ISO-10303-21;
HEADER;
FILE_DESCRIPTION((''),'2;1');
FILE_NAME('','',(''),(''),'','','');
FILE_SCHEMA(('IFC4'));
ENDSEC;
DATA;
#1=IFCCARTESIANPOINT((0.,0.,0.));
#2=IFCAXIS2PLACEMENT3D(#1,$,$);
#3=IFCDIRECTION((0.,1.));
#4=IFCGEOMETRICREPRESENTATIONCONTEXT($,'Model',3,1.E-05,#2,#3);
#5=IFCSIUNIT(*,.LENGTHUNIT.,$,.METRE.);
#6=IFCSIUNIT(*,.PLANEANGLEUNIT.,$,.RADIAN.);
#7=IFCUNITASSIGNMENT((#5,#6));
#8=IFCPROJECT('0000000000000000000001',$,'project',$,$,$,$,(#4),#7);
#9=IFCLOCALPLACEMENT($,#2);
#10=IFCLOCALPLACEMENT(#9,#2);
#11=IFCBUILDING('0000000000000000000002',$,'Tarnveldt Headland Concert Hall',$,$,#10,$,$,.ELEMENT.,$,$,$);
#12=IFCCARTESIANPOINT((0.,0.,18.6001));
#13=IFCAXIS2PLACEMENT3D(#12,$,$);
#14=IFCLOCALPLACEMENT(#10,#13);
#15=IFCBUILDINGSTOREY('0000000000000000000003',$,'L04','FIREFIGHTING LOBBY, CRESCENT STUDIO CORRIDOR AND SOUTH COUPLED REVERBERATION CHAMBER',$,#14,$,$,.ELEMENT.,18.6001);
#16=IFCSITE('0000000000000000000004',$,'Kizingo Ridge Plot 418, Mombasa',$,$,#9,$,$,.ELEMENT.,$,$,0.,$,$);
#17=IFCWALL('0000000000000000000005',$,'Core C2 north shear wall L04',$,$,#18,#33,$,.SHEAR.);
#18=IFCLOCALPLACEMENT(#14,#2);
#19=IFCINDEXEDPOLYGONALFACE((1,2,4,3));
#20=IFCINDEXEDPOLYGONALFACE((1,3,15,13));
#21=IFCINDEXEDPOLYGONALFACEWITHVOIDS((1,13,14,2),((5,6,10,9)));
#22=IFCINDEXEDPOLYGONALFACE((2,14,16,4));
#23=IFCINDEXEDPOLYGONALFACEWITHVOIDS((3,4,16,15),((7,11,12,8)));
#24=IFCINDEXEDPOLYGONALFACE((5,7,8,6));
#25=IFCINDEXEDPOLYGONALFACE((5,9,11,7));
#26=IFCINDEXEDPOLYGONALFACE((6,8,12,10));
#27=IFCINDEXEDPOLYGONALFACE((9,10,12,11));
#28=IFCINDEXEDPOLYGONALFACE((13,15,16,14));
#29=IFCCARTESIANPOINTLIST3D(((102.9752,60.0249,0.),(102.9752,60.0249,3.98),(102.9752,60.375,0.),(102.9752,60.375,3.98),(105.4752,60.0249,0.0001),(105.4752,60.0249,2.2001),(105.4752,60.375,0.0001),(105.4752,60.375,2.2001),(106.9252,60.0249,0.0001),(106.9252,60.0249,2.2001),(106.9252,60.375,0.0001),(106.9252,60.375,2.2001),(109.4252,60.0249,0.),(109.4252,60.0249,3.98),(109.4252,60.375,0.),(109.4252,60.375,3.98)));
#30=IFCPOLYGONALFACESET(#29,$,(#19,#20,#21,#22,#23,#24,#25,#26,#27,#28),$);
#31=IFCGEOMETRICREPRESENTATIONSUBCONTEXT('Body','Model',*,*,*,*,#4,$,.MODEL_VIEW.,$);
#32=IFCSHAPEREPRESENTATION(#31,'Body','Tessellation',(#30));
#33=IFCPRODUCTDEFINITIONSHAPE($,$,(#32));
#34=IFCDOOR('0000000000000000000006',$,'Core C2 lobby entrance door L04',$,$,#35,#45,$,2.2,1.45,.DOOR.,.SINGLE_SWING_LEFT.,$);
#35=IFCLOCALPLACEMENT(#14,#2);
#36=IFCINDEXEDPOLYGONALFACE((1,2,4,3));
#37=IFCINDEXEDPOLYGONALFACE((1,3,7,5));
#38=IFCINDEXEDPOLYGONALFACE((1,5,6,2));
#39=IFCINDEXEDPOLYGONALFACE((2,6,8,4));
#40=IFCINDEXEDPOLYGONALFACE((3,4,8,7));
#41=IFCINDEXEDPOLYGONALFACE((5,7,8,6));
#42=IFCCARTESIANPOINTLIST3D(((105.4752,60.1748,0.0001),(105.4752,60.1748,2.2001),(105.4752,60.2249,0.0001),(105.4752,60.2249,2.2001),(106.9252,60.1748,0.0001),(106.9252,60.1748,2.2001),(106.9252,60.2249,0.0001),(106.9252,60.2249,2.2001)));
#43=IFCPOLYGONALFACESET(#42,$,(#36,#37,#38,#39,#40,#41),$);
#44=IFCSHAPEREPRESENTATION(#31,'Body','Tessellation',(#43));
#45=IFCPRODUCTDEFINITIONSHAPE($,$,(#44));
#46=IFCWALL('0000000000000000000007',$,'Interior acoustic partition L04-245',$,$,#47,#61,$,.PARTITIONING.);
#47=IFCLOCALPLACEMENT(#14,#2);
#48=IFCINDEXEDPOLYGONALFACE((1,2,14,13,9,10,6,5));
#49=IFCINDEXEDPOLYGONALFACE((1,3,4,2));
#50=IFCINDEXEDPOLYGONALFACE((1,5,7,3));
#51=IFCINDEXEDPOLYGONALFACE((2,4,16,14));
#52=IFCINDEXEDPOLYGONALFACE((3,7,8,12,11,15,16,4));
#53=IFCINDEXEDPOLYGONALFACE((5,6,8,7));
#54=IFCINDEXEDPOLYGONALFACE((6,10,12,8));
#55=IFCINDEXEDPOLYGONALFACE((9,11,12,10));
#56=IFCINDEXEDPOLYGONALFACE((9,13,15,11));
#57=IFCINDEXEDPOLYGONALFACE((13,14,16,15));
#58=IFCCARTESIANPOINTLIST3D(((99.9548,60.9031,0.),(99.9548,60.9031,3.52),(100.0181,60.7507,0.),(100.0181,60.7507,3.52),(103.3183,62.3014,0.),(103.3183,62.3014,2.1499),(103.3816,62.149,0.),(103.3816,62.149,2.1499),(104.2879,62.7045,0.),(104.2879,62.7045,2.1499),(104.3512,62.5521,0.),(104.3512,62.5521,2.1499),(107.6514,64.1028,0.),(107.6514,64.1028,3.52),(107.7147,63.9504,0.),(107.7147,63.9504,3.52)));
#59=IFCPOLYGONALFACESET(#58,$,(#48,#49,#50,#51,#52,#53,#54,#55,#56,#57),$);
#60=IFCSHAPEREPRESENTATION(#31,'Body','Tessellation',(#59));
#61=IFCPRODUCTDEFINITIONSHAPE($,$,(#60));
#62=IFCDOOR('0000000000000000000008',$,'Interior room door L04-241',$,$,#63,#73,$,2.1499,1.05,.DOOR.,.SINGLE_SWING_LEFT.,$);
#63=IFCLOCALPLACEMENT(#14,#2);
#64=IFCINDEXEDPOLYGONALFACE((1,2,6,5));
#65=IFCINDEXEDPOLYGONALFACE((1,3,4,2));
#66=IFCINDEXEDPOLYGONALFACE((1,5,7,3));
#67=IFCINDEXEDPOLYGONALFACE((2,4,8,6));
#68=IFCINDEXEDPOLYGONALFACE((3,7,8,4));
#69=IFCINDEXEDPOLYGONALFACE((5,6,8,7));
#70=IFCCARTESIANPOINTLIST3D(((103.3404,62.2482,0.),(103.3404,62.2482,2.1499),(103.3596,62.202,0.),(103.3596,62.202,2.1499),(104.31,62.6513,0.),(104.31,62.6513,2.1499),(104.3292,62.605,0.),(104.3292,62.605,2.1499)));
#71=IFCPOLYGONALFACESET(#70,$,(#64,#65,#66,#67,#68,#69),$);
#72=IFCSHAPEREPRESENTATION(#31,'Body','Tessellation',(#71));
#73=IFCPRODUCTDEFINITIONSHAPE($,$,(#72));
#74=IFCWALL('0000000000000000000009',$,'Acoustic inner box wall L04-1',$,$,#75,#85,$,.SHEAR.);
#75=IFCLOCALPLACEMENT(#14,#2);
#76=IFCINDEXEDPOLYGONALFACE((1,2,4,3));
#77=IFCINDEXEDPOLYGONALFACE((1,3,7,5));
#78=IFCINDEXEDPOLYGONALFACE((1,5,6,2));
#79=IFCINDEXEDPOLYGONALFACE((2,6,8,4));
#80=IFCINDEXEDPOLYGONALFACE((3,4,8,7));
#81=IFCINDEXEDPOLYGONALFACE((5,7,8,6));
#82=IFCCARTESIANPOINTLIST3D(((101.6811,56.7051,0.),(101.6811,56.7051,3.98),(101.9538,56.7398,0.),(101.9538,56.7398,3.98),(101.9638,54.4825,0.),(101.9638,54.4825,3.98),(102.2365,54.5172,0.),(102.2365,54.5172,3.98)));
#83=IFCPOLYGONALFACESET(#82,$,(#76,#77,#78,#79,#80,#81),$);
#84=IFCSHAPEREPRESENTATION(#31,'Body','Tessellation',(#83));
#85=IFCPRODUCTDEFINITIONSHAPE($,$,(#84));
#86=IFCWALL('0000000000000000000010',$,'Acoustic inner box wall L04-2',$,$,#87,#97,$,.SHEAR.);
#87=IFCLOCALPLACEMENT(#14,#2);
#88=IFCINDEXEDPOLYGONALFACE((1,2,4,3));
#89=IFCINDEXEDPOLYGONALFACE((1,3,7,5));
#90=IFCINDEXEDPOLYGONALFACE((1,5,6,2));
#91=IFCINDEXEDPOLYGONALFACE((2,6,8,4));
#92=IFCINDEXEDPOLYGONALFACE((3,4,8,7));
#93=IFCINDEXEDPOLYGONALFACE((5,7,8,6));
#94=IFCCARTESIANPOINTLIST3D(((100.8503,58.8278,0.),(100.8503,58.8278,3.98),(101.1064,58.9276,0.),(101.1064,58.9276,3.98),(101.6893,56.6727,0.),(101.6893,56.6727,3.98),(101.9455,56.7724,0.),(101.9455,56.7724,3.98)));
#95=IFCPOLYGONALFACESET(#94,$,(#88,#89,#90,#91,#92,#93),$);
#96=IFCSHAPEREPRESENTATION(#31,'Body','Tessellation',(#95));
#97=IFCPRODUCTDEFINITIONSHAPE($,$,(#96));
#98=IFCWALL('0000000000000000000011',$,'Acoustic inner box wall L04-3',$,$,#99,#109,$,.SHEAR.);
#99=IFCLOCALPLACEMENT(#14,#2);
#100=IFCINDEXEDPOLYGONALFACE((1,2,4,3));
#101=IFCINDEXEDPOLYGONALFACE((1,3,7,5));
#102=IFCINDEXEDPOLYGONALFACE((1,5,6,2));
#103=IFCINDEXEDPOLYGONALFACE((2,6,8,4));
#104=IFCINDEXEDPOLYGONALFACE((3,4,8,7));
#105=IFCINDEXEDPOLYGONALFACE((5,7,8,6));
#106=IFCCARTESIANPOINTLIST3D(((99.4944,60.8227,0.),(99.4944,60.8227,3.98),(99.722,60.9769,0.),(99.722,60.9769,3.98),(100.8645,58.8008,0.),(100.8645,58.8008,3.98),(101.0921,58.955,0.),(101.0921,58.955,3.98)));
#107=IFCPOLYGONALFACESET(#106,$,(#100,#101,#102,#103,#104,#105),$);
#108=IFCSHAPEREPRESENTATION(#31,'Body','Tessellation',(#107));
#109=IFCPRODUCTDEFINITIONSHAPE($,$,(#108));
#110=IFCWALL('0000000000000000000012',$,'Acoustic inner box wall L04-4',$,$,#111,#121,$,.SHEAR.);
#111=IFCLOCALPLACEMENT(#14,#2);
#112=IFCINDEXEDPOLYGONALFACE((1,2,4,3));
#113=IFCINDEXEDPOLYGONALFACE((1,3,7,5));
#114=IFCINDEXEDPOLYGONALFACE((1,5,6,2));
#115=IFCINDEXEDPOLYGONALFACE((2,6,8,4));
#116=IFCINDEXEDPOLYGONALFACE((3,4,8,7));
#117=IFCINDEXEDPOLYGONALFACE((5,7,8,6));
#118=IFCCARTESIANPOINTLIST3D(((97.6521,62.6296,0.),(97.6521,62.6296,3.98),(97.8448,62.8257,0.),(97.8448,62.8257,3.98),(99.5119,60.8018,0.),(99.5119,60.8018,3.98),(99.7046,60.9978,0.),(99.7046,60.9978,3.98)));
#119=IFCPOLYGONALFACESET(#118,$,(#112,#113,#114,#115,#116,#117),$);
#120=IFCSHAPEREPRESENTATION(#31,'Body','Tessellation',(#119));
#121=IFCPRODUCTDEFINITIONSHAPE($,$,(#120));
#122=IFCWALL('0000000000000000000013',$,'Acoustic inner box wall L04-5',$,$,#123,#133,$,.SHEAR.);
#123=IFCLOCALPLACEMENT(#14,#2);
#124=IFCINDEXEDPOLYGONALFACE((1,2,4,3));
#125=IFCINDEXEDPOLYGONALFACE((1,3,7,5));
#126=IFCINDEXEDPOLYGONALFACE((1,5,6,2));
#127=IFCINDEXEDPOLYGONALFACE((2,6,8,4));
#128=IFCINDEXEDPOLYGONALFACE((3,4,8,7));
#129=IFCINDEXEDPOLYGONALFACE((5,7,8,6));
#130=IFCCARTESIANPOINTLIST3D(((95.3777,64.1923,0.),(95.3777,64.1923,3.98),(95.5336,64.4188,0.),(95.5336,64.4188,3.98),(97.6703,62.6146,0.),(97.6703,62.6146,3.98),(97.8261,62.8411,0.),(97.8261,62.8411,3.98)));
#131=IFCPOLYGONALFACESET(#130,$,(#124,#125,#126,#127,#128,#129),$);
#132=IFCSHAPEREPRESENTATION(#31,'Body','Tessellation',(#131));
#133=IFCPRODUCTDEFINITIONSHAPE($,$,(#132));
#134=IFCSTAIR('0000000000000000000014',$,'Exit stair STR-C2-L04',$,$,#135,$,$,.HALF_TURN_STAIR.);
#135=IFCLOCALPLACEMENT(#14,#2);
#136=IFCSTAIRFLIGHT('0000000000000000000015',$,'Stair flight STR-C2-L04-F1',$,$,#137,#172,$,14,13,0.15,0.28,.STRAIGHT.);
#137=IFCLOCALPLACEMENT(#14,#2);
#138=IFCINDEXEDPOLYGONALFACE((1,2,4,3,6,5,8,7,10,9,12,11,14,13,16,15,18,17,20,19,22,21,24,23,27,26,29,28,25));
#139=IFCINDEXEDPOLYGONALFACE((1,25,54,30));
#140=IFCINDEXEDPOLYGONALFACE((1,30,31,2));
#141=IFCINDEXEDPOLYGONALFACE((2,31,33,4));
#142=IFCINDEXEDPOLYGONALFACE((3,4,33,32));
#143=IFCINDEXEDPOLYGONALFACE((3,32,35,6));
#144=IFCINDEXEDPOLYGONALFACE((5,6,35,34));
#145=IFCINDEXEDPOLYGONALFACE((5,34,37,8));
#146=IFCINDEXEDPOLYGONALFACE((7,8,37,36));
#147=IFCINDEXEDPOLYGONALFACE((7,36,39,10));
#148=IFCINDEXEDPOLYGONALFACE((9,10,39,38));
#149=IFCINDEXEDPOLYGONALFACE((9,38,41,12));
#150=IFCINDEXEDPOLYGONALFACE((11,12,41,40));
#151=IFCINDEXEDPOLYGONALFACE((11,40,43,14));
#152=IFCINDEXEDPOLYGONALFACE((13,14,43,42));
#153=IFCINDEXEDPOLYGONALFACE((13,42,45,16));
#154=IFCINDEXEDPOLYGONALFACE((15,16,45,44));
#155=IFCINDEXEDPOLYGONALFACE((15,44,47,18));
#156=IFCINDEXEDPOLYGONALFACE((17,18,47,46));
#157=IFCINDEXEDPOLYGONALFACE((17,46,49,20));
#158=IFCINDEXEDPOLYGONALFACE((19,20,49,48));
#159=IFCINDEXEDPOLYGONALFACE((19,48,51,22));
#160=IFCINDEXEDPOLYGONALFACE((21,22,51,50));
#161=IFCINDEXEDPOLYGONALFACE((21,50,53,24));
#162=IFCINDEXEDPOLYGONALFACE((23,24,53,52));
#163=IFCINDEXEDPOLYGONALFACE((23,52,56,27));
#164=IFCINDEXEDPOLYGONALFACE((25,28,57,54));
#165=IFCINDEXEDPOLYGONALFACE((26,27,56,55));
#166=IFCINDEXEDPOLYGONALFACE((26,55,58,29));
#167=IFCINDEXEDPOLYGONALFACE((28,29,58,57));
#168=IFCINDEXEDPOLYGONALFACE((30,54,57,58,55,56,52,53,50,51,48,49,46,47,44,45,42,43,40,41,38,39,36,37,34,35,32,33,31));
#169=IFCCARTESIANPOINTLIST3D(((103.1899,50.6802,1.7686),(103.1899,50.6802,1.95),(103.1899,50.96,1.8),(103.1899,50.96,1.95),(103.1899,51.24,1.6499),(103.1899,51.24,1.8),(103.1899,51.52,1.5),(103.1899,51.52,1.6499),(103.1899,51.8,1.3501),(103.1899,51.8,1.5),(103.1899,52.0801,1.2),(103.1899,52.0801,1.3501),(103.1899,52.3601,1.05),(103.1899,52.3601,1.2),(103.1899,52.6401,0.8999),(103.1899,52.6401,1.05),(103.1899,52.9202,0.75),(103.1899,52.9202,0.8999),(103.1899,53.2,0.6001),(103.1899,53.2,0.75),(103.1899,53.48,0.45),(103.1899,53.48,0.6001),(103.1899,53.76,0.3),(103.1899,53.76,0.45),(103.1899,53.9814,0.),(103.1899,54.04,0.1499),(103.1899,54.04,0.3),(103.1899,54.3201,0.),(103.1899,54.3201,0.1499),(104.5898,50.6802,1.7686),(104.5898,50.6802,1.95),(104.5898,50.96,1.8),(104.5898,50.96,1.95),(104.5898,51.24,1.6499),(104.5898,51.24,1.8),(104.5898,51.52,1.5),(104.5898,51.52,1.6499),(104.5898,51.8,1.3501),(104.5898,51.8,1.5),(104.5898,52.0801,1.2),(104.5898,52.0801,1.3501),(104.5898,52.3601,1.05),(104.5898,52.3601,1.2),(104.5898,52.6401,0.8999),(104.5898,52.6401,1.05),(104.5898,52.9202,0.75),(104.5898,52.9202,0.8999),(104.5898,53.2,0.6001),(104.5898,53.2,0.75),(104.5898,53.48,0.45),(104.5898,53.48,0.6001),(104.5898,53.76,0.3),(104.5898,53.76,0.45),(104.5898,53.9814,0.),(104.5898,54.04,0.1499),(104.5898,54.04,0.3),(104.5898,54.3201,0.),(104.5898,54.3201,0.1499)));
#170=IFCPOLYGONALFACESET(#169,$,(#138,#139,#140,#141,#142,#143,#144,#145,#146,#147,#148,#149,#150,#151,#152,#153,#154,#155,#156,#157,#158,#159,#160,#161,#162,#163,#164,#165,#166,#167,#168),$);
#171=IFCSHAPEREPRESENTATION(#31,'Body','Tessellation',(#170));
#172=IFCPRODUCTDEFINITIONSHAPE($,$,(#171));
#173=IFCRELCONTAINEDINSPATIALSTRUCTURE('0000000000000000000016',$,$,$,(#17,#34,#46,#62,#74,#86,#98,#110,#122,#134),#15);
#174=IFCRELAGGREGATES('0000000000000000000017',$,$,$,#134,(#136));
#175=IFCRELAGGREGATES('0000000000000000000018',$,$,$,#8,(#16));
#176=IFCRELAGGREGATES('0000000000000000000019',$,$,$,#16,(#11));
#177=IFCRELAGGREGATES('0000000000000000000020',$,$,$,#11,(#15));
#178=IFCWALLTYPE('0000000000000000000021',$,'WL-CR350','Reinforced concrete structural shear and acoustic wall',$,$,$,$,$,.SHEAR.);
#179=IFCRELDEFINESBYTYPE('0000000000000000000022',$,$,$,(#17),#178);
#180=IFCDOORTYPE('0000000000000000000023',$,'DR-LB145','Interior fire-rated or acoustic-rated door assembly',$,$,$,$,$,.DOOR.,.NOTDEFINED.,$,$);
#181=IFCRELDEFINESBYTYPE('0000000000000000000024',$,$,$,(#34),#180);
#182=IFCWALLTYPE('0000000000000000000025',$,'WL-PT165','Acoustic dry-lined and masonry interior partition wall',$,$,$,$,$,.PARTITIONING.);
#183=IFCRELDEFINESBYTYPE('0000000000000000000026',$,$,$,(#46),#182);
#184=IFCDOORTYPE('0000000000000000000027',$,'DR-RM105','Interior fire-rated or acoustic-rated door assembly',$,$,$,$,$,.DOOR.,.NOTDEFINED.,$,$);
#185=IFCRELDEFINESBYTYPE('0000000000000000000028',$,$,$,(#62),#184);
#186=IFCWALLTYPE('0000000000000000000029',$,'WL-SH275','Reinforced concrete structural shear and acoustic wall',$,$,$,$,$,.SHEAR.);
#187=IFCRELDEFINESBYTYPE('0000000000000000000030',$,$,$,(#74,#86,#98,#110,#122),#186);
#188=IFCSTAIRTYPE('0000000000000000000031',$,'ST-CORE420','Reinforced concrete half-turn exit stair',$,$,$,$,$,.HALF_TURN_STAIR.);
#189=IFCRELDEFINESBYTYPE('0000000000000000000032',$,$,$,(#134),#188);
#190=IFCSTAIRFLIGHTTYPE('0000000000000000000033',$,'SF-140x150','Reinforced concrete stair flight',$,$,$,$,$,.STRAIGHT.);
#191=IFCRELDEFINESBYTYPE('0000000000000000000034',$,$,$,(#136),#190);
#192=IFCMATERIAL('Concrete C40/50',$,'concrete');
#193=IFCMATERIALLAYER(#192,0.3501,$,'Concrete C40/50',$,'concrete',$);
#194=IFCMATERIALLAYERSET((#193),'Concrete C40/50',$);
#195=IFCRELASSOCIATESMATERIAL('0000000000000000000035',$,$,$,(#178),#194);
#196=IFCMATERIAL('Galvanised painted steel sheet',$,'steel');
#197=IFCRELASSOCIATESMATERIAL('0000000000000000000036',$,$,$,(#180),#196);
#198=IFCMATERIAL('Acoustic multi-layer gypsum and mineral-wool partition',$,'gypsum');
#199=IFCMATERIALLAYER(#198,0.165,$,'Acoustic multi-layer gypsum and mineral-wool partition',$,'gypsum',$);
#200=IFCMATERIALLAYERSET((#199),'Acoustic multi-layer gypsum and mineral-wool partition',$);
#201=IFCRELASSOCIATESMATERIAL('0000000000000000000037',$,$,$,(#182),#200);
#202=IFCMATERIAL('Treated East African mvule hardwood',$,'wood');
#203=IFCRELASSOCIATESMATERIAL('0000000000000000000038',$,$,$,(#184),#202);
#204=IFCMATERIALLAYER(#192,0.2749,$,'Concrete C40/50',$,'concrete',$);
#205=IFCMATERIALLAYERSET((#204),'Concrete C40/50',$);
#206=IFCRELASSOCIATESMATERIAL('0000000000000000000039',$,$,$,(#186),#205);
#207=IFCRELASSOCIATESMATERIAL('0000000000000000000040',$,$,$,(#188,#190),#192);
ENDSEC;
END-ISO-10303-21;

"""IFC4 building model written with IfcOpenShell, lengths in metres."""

from ifc_helpers import new_model, si_unit, direction, frame, frame_2d, origin, place, context, subcontext, project, spatial, polyline, rectangle, outline, extrude, material, layer, layer_set, type_object, element, fill, aggregate, save


model = new_model("IFC4")

# Units and contexts
model_context = context("Model", 3, precision=1e-05, world=origin(), true_north=direction((0.0, 1.0)))
body_context = subcontext(model_context, "Body", "Model", "MODEL_VIEW")
ifc_project = project(units=[si_unit("LENGTHUNIT", "METRE"), si_unit("PLANEANGLEUNIT", "RADIAN")], contexts=[model_context])

# Site, building, storey
site_placement = place(None, origin())
site = spatial("IfcSite", under=ifc_project, at=site_placement, Name="Kizingo Ridge Plot 418, Mombasa", CompositionType="ELEMENT", RefElevation=0.0)
building_placement = place(site_placement, origin())
building = spatial("IfcBuilding", under=site, at=building_placement, Name="Tarnveldt Headland Concert Hall", CompositionType="ELEMENT")
storey_placement = place(building_placement, frame((0.0, 0.0, 18.6001)))
storey = spatial("IfcBuildingStorey", under=building, at=storey_placement, Name="L04", Description="FIREFIGHTING LOBBY, CRESCENT STUDIO CORRIDOR AND SOUTH COUPLED REVERBERATION CHAMBER", CompositionType="ELEMENT", Elevation=18.6001)

# Shared definitions
ifc_material_1 = material(Name="Concrete C40/50", Category="concrete")

# Walls, openings, doors
ifc_layer_1 = layer(ifc_material_1, 0.3501, Name="Concrete C40/50", Category="concrete")
ifc_layer_set_1 = layer_set([ifc_layer_1], Name="Concrete C40/50")
wall_type_1 = type_object("IfcWallType", Name="WL-CR350", Description="Reinforced concrete structural shear and acoustic wall", PredefinedType="SHEAR", material=ifc_layer_set_1)
wall_1_placement = place(storey_placement, frame((102.9751, 60.2, 0.0), z_axis=(0.0, 0.0, 1.0), x_axis=(1.0, 0.0, 0.0)))
wall_1 = element("IfcWall", 1, at=wall_1_placement, inside=storey, type_object=wall_type_1, Name="Core C2 north shear wall L04", PredefinedType="SHEAR", context=body_context, shape_type="SweptSolid", body=[
    extrude(rectangle(XDim=6.45, YDim=0.3501, at=frame_2d((3.2251, 0.0))), origin(), (0.0, 0.0, 1.0), 3.98),
])
opening_1_placement = place(wall_1_placement, frame((2.5, 0.0, 0.0)))
opening_1 = element("IfcOpeningElement", 2, at=opening_1_placement, cuts=wall_1, PredefinedType="OPENING", context=body_context, shape_type="SweptSolid", body=[
    extrude(rectangle(XDim=1.45, YDim=2.2, at=frame_2d((0.7251, 1.1001))), frame((0.0, 0.1851, 0.0), z_axis=(0.0, -1.0, 0.0), x_axis=(1.0, 0.0, 0.0)), (0.0, 0.0, 1.0), 0.3701),
])
ifc_material_2 = material(Name="Galvanised painted steel sheet", Category="steel")
door_type_1 = type_object("IfcDoorType", Name="DR-LB145", Description="Interior fire-rated or acoustic-rated door assembly", OperationType="NOTDEFINED", PredefinedType="DOOR", material=ifc_material_2)
door_1_placement = place(opening_1_placement, origin())
door_1 = element("IfcDoor", 3, at=door_1_placement, inside=storey, type_object=door_type_1, Name="Core C2 lobby entrance door L04", OperationType="SINGLE_SWING_LEFT", OverallHeight=2.2, OverallWidth=1.45, PredefinedType="DOOR", context=body_context, shape_type="SweptSolid", body=[
    extrude(rectangle(XDim=1.45, YDim=2.2, at=frame_2d((0.7251, 1.1001))), frame((0.0, 0.0249, 0.0), z_axis=(0.0, -1.0, 0.0), x_axis=(1.0, 0.0, 0.0)), (0.0, 0.0, 1.0), 0.05),
])
fill(opening_1, door_1)
ifc_material_3 = material(Name="Acoustic multi-layer gypsum and mineral-wool partition", Category="gypsum")
ifc_layer_2 = layer(ifc_material_3, 0.165, Name="Acoustic multi-layer gypsum and mineral-wool partition", Category="gypsum")
ifc_layer_set_2 = layer_set([ifc_layer_2], Name="Acoustic multi-layer gypsum and mineral-wool partition")
wall_type_2 = type_object("IfcWallType", Name="WL-PT165", Description="Acoustic dry-lined and masonry interior partition wall", PredefinedType="PARTITIONING", material=ifc_layer_set_2)
wall_2_placement = place(storey_placement, frame((99.9866, 60.8269, 0.0), z_axis=(0.0, 0.0, 1.0), x_axis=(0.923383, 0.383881, 0.0)))
wall_2 = element("IfcWall", 4, at=wall_2_placement, inside=storey, type_object=wall_type_2, Name="Interior acoustic partition L04-245", PredefinedType="PARTITIONING", context=body_context, shape_type="SweptSolid", body=[
    extrude(rectangle(XDim=8.3352, YDim=0.165, at=frame_2d((4.1675, 0.0))), origin(), (0.0, 0.0, 1.0), 3.52),
])
opening_2_placement = place(wall_2_placement, frame((3.6426, 0.0, 0.0)))
opening_2 = element("IfcOpeningElement", 5, at=opening_2_placement, cuts=wall_2, PredefinedType="OPENING", context=body_context, shape_type="SweptSolid", body=[
    extrude(rectangle(XDim=1.05, YDim=2.1499, at=frame_2d((0.5249, 1.075))), frame((0.0, 0.0925, 0.0), z_axis=(0.0, -1.0, 0.0), x_axis=(1.0, 0.0, 0.0)), (0.0, 0.0, 1.0), 0.1851),
])
ifc_material_4 = material(Name="Treated East African mvule hardwood", Category="wood")
door_type_2 = type_object("IfcDoorType", Name="DR-RM105", Description="Interior fire-rated or acoustic-rated door assembly", OperationType="NOTDEFINED", PredefinedType="DOOR", material=ifc_material_4)
door_2_placement = place(opening_2_placement, origin())
door_2 = element("IfcDoor", 6, at=door_2_placement, inside=storey, type_object=door_type_2, Name="Interior room door L04-241", OperationType="SINGLE_SWING_LEFT", OverallHeight=2.1499, OverallWidth=1.05, PredefinedType="DOOR", context=body_context, shape_type="SweptSolid", body=[
    extrude(rectangle(XDim=1.05, YDim=2.1499, at=frame_2d((0.5249, 1.075))), frame((0.0, 0.0249, 0.0), z_axis=(0.0, -1.0, 0.0), x_axis=(1.0, 0.0, 0.0)), (0.0, 0.0, 1.0), 0.05),
])
fill(opening_2, door_2)

# Walls
ifc_layer_3 = layer(ifc_material_1, 0.2749, Name="Concrete C40/50", Category="concrete")
ifc_layer_set_3 = layer_set([ifc_layer_3], Name="Concrete C40/50")
wall_type_3 = type_object("IfcWallType", Name="WL-SH275", Description="Reinforced concrete structural shear and acoustic wall", PredefinedType="SHEAR", material=ifc_layer_set_3)
wall_3_placement = place(storey_placement, frame((102.1001, 54.5, 0.0), z_axis=(0.0, 0.0, 1.0), x_axis=(-0.12618, 0.992007, 0.0)))
element("IfcWall", 7, at=wall_3_placement, inside=storey, type_object=wall_type_3, Name="Acoustic inner box wall L04-1", PredefinedType="SHEAR", context=body_context, shape_type="SweptSolid", body=[
    extrude(rectangle(XDim=2.2405, YDim=0.2749, at=frame_2d((1.1201, 0.0))), origin(), (0.0, 0.0, 1.0), 3.98),
])
wall_4_placement = place(storey_placement, frame((101.8174, 56.7227, 0.0), z_axis=(0.0, 0.0, 1.0), x_axis=(-0.362803, 0.931866, 0.0)))
element("IfcWall", 8, at=wall_4_placement, inside=storey, type_object=wall_type_3, Name="Acoustic inner box wall L04-2", PredefinedType="SHEAR", context=body_context, shape_type="SweptSolid", body=[
    extrude(rectangle(XDim=2.3127, YDim=0.2749, at=frame_2d((1.1562, 0.0))), origin(), (0.0, 0.0, 1.0), 3.98),
])
wall_5_placement = place(storey_placement, frame((100.9783, 58.8779, 0.0), z_axis=(0.0, 0.0, 1.0), x_axis=(-0.560959, 0.827844, 0.0)))
element("IfcWall", 9, at=wall_5_placement, inside=storey, type_object=wall_type_3, Name="Acoustic inner box wall L04-3", PredefinedType="SHEAR", context=body_context, shape_type="SweptSolid", body=[
    extrude(rectangle(XDim=2.4424, YDim=0.2749, at=frame_2d((1.2212, 0.0))), origin(), (0.0, 0.0, 1.0), 3.98),
])
wall_6_placement = place(storey_placement, frame((99.6082, 60.8999, 0.0), z_axis=(0.0, 0.0, 1.0), x_axis=(-0.713212, 0.700948, 0.0)))
element("IfcWall", 10, at=wall_6_placement, inside=storey, type_object=wall_type_3, Name="Acoustic inner box wall L04-4", PredefinedType="SHEAR", context=body_context, shape_type="SweptSolid", body=[
    extrude(rectangle(XDim=2.6077, YDim=0.2749, at=frame_2d((1.3037, 0.0))), origin(), (0.0, 0.0, 1.0), 3.98),
])
wall_7_placement = place(storey_placement, frame((97.7483, 62.7278, 0.0), z_axis=(0.0, 0.0, 1.0), x_axis=(-0.823781, 0.566909, 0.0)))
element("IfcWall", 11, at=wall_7_placement, inside=storey, type_object=wall_type_3, Name="Acoustic inner box wall L04-5", PredefinedType="SHEAR", context=body_context, shape_type="SweptSolid", body=[
    extrude(rectangle(XDim=2.783, YDim=0.2749, at=frame_2d((1.3916, 0.0))), origin(), (0.0, 0.0, 1.0), 3.98),
])

# Stair, stair flight
stair_type = type_object("IfcStairType", Name="ST-CORE420", Description="Reinforced concrete half-turn exit stair", PredefinedType="HALF_TURN_STAIR", material=ifc_material_1)
stair_placement = place(storey_placement, origin())
stair = element("IfcStair", 12, at=stair_placement, inside=storey, type_object=stair_type, Name="Exit stair STR-C2-L04", PredefinedType="HALF_TURN_STAIR")
stair_flight_type = type_object("IfcStairFlightType", Name="SF-140x150", Description="Reinforced concrete stair flight", PredefinedType="STRAIGHT", material=ifc_material_1)
stair_flight_placement = place(storey_placement, frame((103.8899, 54.3201, 0.0), z_axis=(0.0, 0.0, 1.0), x_axis=(0.0, -1.0, 0.0)))
stair_flight = element("IfcStairFlight", 13, at=stair_flight_placement, type_object=stair_flight_type, Name="Stair flight STR-C2-L04-F1", NumberOfRisers=14, NumberOfTreads=13, PredefinedType="STRAIGHT", RiserHeight=0.15, TreadLength=0.28, context=body_context, shape_type="SweptSolid", body=[
    extrude(outline(polyline([(0.0, 0.0), (0.0, 0.1499), (0.28, 0.1499), (0.28, 0.3), (0.5601, 0.3), (0.5601, 0.45), (0.8401, 0.45), (0.8401, 0.6001), (1.1201, 0.6001), (1.1201, 0.75), (1.3999, 0.75), (1.3999, 0.8999), (1.6799, 0.8999), (1.6799, 1.05), (1.96, 1.05), (1.96, 1.2), (2.24, 1.2), (2.24, 1.3501), (2.52, 1.3501), (2.52, 1.5), (2.8, 1.5), (2.8, 1.6499), (3.0801, 1.6499), (3.0801, 1.8), (3.3601, 1.8), (3.3601, 1.95), (3.6399, 1.95), (3.6399, 2.1001), (3.6399, 1.7686), (0.3386, 0.0), (0.0, 0.0)])), frame((0.0, 0.7, 0.0), z_axis=(0.0, -1.0, 0.0), x_axis=(1.0, 0.0, 0.0)), (0.0, 0.0, 1.0), 1.3999),
])
aggregate(stair, [stair_flight])

save(model, "model.ifc")
